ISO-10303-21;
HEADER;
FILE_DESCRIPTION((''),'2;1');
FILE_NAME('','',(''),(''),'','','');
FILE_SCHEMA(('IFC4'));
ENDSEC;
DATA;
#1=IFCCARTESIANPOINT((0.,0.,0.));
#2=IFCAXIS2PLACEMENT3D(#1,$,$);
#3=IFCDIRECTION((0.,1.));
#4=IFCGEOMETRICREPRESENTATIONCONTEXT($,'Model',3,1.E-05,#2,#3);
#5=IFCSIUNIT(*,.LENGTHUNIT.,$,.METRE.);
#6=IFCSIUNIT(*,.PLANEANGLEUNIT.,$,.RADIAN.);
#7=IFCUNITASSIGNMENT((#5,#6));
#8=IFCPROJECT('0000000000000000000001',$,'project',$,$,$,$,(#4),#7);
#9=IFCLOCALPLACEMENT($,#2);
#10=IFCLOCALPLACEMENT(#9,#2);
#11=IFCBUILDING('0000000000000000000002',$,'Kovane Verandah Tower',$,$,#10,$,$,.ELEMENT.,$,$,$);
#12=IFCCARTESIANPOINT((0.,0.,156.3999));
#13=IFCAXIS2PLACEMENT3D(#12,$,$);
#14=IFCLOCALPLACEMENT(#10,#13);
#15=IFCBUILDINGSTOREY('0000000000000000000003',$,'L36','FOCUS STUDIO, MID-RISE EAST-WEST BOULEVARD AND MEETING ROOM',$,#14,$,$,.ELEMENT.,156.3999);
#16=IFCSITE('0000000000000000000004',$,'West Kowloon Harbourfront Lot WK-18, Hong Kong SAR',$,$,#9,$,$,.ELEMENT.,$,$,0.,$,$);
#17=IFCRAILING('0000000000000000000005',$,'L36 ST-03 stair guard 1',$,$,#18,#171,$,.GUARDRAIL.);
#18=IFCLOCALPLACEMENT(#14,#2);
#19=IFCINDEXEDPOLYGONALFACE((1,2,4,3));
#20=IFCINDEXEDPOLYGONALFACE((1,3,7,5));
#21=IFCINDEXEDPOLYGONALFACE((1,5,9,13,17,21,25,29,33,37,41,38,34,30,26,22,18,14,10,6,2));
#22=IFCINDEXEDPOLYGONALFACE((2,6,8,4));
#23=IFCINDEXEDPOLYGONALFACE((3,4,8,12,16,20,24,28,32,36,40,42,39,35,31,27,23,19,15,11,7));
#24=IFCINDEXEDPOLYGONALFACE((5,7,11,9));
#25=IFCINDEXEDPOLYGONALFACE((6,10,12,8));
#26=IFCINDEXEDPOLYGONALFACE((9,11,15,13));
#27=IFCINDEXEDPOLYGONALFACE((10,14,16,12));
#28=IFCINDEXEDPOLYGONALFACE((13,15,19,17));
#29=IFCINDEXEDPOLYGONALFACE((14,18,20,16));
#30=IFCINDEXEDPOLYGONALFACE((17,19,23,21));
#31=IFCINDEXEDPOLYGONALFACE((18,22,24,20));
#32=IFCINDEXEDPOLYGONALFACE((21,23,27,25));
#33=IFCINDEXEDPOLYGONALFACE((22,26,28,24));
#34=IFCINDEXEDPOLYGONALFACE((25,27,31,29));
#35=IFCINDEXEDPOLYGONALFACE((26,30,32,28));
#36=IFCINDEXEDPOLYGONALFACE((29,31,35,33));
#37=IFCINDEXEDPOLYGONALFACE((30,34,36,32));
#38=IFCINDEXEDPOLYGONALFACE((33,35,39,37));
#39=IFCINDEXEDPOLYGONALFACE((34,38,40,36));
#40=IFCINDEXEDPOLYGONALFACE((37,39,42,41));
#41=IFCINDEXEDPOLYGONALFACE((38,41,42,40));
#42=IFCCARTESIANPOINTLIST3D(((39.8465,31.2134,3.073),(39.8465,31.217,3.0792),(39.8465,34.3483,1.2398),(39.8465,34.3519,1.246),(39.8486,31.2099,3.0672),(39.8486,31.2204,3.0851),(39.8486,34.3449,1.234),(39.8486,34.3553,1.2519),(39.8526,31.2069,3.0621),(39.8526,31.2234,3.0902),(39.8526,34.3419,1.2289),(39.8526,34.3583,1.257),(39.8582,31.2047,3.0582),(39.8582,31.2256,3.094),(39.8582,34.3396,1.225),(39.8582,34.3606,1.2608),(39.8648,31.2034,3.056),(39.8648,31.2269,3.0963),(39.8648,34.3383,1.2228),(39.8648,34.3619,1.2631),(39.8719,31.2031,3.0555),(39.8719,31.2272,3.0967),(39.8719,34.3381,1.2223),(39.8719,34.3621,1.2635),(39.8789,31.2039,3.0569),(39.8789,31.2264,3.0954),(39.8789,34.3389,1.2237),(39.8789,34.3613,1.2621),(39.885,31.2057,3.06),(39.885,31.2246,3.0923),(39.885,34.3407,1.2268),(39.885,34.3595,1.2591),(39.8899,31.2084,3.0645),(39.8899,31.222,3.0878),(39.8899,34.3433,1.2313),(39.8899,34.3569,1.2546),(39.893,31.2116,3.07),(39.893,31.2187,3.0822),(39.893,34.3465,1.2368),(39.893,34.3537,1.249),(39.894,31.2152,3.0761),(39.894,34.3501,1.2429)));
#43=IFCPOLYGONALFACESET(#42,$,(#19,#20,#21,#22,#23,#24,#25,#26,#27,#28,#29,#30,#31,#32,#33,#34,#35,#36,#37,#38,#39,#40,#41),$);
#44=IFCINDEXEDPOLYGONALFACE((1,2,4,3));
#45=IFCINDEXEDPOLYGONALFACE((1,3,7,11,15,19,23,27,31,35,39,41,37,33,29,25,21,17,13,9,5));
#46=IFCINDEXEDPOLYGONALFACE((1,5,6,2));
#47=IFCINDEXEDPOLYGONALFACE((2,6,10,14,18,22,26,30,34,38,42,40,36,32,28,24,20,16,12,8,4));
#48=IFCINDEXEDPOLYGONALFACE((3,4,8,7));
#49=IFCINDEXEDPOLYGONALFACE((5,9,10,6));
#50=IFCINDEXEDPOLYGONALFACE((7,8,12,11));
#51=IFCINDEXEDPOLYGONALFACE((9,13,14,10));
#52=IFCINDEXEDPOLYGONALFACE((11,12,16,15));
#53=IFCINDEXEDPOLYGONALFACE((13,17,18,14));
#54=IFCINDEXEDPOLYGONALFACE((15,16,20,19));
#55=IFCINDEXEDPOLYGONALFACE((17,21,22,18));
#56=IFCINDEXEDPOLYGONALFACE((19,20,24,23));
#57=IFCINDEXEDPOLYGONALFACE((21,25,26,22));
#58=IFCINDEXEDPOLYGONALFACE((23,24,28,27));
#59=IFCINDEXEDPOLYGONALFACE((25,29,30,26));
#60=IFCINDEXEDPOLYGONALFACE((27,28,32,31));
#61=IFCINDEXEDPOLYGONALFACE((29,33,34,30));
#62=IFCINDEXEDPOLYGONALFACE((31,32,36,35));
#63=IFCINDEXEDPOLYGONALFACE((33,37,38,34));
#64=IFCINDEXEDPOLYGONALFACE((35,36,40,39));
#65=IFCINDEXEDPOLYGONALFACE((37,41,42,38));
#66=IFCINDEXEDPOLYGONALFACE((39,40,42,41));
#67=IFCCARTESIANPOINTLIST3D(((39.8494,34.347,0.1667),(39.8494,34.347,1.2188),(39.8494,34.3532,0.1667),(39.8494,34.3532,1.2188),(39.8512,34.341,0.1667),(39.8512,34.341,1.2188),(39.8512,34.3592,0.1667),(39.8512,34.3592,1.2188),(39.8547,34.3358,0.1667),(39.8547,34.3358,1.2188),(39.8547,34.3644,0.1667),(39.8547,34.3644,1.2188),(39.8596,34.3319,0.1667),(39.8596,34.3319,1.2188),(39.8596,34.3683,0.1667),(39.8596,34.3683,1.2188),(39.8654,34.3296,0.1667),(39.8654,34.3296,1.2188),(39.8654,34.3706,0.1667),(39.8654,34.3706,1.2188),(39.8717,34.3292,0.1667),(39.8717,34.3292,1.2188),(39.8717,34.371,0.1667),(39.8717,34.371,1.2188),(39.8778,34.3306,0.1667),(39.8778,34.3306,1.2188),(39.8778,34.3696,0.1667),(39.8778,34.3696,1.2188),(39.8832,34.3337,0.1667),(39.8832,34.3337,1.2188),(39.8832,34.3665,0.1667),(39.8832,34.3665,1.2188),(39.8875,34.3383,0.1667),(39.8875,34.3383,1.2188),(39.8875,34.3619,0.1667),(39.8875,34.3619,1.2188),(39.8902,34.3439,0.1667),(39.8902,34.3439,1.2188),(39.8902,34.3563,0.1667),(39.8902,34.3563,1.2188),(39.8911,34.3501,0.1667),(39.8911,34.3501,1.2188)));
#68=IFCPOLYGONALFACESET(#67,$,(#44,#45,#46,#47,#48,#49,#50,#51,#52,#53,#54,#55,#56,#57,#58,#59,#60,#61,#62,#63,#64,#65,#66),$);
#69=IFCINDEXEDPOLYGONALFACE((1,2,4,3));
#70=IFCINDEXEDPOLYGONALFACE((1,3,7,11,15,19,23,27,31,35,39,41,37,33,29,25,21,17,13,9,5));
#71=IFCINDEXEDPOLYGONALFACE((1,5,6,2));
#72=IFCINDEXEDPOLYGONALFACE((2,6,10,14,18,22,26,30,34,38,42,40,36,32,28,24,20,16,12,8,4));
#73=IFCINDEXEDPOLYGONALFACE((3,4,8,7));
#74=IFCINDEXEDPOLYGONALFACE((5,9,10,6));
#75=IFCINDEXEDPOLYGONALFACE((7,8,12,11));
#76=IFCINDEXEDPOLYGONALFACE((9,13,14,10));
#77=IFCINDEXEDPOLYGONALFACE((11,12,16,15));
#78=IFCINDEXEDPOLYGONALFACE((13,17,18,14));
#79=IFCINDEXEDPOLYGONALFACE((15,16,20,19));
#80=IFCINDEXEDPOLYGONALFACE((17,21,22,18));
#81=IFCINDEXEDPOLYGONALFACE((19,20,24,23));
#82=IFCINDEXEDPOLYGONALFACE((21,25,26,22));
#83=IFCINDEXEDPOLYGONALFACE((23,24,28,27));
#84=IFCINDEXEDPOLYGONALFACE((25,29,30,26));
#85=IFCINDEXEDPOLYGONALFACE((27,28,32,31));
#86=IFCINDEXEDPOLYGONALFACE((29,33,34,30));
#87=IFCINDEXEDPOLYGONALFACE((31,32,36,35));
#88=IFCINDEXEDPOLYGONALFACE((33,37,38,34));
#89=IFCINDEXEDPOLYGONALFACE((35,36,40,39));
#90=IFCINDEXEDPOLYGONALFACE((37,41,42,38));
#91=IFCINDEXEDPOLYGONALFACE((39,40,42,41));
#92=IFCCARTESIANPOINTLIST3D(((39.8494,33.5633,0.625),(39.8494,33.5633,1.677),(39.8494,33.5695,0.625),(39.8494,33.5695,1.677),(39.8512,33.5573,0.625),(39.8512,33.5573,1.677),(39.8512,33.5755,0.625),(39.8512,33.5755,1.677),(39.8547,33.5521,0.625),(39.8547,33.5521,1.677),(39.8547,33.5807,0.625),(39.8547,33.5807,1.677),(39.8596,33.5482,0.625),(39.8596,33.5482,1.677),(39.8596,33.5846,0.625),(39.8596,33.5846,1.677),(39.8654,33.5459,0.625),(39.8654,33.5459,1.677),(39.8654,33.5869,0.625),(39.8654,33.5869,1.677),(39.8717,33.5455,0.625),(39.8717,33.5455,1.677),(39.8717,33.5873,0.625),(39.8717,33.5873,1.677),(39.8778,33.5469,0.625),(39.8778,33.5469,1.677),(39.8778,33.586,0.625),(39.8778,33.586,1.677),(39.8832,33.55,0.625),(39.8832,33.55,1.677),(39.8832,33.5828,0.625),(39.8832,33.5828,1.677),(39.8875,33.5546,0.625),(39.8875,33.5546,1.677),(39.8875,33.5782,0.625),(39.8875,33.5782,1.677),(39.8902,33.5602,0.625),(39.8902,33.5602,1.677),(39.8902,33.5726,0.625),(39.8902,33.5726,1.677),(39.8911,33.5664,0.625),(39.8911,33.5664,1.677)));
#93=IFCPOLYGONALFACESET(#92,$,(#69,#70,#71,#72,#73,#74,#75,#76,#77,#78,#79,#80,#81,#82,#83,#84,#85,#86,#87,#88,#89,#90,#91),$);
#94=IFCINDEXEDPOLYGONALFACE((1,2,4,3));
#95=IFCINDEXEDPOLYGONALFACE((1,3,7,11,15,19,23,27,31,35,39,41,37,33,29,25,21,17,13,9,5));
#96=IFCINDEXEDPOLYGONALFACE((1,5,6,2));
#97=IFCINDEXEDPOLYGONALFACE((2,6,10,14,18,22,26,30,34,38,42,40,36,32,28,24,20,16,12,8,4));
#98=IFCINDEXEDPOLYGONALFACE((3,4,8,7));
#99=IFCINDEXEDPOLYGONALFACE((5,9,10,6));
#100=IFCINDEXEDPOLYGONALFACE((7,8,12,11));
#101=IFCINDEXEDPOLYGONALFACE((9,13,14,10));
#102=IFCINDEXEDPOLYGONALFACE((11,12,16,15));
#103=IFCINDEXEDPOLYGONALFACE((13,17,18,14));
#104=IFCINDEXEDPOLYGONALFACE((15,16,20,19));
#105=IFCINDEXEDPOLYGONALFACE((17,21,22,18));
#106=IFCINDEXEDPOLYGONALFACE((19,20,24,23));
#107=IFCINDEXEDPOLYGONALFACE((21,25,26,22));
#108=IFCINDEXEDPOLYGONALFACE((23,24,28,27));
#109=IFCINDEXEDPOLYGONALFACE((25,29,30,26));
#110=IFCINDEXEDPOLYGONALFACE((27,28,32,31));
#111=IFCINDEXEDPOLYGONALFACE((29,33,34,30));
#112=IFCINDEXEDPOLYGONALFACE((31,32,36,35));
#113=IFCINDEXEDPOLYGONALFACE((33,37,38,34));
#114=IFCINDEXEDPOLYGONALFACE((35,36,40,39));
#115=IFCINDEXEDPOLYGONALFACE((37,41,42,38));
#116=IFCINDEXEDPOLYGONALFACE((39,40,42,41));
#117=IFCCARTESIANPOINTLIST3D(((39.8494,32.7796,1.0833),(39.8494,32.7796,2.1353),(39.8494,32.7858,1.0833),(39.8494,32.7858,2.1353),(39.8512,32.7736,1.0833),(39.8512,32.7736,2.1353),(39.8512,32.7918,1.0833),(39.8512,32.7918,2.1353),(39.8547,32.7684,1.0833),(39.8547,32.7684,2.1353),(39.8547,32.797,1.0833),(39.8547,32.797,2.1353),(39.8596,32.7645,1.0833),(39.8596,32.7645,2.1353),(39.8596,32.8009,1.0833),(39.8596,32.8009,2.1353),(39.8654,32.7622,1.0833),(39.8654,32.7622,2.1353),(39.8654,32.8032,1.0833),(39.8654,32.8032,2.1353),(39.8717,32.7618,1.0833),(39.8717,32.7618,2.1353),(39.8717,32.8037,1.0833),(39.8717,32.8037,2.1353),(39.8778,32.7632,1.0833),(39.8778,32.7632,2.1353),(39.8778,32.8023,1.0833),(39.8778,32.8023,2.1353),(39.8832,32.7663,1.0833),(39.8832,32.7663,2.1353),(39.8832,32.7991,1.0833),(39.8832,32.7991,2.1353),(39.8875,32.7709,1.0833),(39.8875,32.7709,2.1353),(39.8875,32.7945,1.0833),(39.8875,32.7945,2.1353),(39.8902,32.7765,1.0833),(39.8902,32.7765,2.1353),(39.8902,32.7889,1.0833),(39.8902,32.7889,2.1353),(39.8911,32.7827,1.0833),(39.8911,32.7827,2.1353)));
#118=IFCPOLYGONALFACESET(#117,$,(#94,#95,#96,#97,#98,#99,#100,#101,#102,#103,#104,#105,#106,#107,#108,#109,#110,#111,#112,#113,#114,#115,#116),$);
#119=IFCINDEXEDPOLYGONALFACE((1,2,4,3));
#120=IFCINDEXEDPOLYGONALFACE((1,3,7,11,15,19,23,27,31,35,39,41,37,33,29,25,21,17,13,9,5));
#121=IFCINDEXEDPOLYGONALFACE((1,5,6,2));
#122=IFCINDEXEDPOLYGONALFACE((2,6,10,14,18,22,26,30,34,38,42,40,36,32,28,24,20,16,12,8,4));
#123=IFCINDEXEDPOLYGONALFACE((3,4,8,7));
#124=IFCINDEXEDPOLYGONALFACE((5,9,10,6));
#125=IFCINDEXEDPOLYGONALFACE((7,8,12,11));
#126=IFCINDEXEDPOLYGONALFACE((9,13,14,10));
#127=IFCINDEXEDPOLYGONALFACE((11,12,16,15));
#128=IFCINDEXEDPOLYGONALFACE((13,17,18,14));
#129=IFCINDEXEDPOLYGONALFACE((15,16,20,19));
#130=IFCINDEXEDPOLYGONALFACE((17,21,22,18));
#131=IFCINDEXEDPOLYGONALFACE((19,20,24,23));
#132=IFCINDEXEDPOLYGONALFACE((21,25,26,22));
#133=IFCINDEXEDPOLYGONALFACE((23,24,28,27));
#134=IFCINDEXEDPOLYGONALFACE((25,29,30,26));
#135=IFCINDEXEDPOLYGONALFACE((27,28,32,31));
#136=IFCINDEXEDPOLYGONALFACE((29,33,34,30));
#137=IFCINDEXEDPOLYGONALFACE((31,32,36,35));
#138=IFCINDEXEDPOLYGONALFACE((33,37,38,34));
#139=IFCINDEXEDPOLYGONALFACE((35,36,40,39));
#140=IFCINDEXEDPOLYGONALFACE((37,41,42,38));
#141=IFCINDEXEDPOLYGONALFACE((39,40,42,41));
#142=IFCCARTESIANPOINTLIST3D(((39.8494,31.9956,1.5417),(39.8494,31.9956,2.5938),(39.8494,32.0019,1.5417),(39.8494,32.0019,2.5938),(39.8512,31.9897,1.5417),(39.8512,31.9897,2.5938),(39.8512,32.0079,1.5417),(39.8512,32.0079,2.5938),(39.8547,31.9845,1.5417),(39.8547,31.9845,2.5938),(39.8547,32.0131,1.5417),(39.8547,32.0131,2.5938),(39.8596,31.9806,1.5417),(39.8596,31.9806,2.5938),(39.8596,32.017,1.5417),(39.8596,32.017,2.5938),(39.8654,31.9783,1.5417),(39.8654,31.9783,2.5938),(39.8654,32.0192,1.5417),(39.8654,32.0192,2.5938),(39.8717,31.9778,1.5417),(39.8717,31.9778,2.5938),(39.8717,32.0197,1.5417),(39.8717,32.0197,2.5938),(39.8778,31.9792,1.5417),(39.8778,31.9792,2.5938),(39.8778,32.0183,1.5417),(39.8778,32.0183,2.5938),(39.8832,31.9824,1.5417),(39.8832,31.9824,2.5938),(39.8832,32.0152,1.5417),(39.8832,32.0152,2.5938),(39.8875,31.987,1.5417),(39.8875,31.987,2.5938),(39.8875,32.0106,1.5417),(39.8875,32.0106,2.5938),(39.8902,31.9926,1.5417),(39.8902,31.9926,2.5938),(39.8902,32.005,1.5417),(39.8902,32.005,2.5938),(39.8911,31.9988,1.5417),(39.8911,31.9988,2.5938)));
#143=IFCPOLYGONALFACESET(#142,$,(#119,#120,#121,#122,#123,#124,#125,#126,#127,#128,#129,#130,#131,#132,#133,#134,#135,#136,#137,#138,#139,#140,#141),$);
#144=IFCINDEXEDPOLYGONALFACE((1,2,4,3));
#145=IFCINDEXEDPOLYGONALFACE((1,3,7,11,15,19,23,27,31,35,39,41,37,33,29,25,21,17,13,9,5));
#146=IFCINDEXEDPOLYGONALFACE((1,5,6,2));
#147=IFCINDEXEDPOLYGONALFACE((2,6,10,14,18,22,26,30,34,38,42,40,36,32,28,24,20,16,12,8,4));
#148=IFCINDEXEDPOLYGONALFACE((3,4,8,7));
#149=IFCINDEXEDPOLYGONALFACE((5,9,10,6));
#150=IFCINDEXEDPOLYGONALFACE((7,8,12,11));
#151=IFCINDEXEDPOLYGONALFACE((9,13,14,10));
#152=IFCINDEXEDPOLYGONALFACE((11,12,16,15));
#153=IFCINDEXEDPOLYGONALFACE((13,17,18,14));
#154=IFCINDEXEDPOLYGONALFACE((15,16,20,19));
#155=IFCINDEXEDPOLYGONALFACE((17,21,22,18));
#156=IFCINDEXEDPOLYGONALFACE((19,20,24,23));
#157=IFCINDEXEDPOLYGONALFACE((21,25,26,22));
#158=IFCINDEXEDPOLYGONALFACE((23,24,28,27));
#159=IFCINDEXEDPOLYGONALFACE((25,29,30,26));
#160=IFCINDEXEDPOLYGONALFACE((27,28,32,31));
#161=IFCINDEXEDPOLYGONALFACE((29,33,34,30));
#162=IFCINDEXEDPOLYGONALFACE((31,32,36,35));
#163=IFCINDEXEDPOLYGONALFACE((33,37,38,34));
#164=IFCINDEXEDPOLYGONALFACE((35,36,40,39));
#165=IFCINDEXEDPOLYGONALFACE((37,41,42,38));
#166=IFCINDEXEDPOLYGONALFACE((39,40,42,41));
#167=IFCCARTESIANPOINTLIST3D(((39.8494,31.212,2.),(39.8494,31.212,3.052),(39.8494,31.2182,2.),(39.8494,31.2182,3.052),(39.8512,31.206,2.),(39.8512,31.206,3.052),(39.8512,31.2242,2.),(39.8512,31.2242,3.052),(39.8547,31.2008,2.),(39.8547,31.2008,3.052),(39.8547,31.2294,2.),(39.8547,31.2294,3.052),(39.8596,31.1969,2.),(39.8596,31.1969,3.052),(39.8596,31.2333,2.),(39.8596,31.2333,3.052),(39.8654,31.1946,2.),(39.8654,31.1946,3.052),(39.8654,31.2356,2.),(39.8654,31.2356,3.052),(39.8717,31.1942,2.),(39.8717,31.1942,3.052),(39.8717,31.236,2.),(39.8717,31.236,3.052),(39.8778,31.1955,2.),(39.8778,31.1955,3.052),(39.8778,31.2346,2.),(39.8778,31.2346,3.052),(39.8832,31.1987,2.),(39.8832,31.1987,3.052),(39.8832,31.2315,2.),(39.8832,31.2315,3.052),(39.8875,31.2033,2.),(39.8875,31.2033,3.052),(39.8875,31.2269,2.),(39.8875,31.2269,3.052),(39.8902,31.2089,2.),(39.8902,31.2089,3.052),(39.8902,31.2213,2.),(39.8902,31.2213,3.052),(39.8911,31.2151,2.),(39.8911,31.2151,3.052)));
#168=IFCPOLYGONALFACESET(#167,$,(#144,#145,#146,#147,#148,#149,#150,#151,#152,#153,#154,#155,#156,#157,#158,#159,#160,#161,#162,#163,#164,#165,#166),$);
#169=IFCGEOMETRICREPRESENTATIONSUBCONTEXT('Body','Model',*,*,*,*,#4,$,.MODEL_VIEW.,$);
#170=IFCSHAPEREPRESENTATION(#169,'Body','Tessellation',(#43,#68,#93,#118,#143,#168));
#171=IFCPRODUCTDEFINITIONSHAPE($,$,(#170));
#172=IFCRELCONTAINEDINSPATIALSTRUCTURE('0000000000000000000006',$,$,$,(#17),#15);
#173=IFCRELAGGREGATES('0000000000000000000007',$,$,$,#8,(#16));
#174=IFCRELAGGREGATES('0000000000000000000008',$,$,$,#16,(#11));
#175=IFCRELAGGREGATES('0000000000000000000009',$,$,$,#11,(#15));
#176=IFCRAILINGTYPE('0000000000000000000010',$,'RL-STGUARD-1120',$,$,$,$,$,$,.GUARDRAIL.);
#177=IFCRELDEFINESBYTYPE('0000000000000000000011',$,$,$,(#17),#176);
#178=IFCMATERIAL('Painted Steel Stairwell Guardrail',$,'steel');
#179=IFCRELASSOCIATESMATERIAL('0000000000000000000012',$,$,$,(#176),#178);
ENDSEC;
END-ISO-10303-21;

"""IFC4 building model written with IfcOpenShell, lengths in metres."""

from ifc_helpers import new_model, si_unit, direction, frame, origin, origin_2d, place, context, subcontext, project, spatial, circle, extrude, material, type_object, element, save


model = new_model("IFC4")

# Units and contexts
model_context = context("Model", 3, precision=1e-05, world=origin(), true_north=direction((0.0, 1.0)))
body_context = subcontext(model_context, "Body", "Model", "MODEL_VIEW")
ifc_project = project(units=[si_unit("LENGTHUNIT", "METRE"), si_unit("PLANEANGLEUNIT", "RADIAN")], contexts=[model_context])

# Site, building, storey
site_placement = place(None, origin())
site = spatial("IfcSite", under=ifc_project, at=site_placement, Name="West Kowloon Harbourfront Lot WK-18, Hong Kong SAR", CompositionType="ELEMENT", RefElevation=0.0)
building_placement = place(site_placement, origin())
building = spatial("IfcBuilding", under=site, at=building_placement, Name="Kovane Verandah Tower", CompositionType="ELEMENT")
storey_placement = place(building_placement, frame((0.0, 0.0, 156.3999)))
storey = spatial("IfcBuildingStorey", under=building, at=storey_placement, Name="L36", Description="FOCUS STUDIO, MID-RISE EAST-WEST BOULEVARD AND MEETING ROOM", CompositionType="ELEMENT", Elevation=156.3999)

# Railing
ifc_material_1 = material(Name="Painted Steel Stairwell Guardrail", Category="steel")
railing_type_1 = type_object("IfcRailingType", Name="RL-STGUARD-1120", PredefinedType="GUARDRAIL", material=ifc_material_1)
railing_1_placement = place(storey_placement, frame((39.8701, 34.3501, 0.1667)))
element("IfcRailing", 1, at=railing_1_placement, inside=storey, type_object=railing_type_1, Name="L36 ST-03 stair guard 1", PredefinedType="GUARDRAIL", context=body_context, shape_type="SweptSolid", body=[
    extrude(circle(Radius=0.0239, at=origin_2d()), frame((0.0, 0.0, 1.0762), z_axis=(0.0, -0.86324, 0.504794), x_axis=(1.0, 0.0, 0.0)), (0.0, 0.0, 1.0), 3.6316),
    extrude(circle(Radius=0.021, at=origin_2d()), origin(), (0.0, 0.0, 1.0), 1.052),
    extrude(circle(Radius=0.021, at=origin_2d()), frame((0.0, -0.7837, 0.4583)), (0.0, 0.0, 1.0), 1.052),
    extrude(circle(Radius=0.021, at=origin_2d()), frame((0.0, -1.5674, 0.9165)), (0.0, 0.0, 1.0), 1.052),
    extrude(circle(Radius=0.021, at=origin_2d()), frame((0.0, -2.3513, 1.375)), (0.0, 0.0, 1.0), 1.052),
    extrude(circle(Radius=0.021, at=origin_2d()), frame((0.0, -3.135, 1.8333)), (0.0, 0.0, 1.0), 1.052),
])

save(model, "model.ifc")
